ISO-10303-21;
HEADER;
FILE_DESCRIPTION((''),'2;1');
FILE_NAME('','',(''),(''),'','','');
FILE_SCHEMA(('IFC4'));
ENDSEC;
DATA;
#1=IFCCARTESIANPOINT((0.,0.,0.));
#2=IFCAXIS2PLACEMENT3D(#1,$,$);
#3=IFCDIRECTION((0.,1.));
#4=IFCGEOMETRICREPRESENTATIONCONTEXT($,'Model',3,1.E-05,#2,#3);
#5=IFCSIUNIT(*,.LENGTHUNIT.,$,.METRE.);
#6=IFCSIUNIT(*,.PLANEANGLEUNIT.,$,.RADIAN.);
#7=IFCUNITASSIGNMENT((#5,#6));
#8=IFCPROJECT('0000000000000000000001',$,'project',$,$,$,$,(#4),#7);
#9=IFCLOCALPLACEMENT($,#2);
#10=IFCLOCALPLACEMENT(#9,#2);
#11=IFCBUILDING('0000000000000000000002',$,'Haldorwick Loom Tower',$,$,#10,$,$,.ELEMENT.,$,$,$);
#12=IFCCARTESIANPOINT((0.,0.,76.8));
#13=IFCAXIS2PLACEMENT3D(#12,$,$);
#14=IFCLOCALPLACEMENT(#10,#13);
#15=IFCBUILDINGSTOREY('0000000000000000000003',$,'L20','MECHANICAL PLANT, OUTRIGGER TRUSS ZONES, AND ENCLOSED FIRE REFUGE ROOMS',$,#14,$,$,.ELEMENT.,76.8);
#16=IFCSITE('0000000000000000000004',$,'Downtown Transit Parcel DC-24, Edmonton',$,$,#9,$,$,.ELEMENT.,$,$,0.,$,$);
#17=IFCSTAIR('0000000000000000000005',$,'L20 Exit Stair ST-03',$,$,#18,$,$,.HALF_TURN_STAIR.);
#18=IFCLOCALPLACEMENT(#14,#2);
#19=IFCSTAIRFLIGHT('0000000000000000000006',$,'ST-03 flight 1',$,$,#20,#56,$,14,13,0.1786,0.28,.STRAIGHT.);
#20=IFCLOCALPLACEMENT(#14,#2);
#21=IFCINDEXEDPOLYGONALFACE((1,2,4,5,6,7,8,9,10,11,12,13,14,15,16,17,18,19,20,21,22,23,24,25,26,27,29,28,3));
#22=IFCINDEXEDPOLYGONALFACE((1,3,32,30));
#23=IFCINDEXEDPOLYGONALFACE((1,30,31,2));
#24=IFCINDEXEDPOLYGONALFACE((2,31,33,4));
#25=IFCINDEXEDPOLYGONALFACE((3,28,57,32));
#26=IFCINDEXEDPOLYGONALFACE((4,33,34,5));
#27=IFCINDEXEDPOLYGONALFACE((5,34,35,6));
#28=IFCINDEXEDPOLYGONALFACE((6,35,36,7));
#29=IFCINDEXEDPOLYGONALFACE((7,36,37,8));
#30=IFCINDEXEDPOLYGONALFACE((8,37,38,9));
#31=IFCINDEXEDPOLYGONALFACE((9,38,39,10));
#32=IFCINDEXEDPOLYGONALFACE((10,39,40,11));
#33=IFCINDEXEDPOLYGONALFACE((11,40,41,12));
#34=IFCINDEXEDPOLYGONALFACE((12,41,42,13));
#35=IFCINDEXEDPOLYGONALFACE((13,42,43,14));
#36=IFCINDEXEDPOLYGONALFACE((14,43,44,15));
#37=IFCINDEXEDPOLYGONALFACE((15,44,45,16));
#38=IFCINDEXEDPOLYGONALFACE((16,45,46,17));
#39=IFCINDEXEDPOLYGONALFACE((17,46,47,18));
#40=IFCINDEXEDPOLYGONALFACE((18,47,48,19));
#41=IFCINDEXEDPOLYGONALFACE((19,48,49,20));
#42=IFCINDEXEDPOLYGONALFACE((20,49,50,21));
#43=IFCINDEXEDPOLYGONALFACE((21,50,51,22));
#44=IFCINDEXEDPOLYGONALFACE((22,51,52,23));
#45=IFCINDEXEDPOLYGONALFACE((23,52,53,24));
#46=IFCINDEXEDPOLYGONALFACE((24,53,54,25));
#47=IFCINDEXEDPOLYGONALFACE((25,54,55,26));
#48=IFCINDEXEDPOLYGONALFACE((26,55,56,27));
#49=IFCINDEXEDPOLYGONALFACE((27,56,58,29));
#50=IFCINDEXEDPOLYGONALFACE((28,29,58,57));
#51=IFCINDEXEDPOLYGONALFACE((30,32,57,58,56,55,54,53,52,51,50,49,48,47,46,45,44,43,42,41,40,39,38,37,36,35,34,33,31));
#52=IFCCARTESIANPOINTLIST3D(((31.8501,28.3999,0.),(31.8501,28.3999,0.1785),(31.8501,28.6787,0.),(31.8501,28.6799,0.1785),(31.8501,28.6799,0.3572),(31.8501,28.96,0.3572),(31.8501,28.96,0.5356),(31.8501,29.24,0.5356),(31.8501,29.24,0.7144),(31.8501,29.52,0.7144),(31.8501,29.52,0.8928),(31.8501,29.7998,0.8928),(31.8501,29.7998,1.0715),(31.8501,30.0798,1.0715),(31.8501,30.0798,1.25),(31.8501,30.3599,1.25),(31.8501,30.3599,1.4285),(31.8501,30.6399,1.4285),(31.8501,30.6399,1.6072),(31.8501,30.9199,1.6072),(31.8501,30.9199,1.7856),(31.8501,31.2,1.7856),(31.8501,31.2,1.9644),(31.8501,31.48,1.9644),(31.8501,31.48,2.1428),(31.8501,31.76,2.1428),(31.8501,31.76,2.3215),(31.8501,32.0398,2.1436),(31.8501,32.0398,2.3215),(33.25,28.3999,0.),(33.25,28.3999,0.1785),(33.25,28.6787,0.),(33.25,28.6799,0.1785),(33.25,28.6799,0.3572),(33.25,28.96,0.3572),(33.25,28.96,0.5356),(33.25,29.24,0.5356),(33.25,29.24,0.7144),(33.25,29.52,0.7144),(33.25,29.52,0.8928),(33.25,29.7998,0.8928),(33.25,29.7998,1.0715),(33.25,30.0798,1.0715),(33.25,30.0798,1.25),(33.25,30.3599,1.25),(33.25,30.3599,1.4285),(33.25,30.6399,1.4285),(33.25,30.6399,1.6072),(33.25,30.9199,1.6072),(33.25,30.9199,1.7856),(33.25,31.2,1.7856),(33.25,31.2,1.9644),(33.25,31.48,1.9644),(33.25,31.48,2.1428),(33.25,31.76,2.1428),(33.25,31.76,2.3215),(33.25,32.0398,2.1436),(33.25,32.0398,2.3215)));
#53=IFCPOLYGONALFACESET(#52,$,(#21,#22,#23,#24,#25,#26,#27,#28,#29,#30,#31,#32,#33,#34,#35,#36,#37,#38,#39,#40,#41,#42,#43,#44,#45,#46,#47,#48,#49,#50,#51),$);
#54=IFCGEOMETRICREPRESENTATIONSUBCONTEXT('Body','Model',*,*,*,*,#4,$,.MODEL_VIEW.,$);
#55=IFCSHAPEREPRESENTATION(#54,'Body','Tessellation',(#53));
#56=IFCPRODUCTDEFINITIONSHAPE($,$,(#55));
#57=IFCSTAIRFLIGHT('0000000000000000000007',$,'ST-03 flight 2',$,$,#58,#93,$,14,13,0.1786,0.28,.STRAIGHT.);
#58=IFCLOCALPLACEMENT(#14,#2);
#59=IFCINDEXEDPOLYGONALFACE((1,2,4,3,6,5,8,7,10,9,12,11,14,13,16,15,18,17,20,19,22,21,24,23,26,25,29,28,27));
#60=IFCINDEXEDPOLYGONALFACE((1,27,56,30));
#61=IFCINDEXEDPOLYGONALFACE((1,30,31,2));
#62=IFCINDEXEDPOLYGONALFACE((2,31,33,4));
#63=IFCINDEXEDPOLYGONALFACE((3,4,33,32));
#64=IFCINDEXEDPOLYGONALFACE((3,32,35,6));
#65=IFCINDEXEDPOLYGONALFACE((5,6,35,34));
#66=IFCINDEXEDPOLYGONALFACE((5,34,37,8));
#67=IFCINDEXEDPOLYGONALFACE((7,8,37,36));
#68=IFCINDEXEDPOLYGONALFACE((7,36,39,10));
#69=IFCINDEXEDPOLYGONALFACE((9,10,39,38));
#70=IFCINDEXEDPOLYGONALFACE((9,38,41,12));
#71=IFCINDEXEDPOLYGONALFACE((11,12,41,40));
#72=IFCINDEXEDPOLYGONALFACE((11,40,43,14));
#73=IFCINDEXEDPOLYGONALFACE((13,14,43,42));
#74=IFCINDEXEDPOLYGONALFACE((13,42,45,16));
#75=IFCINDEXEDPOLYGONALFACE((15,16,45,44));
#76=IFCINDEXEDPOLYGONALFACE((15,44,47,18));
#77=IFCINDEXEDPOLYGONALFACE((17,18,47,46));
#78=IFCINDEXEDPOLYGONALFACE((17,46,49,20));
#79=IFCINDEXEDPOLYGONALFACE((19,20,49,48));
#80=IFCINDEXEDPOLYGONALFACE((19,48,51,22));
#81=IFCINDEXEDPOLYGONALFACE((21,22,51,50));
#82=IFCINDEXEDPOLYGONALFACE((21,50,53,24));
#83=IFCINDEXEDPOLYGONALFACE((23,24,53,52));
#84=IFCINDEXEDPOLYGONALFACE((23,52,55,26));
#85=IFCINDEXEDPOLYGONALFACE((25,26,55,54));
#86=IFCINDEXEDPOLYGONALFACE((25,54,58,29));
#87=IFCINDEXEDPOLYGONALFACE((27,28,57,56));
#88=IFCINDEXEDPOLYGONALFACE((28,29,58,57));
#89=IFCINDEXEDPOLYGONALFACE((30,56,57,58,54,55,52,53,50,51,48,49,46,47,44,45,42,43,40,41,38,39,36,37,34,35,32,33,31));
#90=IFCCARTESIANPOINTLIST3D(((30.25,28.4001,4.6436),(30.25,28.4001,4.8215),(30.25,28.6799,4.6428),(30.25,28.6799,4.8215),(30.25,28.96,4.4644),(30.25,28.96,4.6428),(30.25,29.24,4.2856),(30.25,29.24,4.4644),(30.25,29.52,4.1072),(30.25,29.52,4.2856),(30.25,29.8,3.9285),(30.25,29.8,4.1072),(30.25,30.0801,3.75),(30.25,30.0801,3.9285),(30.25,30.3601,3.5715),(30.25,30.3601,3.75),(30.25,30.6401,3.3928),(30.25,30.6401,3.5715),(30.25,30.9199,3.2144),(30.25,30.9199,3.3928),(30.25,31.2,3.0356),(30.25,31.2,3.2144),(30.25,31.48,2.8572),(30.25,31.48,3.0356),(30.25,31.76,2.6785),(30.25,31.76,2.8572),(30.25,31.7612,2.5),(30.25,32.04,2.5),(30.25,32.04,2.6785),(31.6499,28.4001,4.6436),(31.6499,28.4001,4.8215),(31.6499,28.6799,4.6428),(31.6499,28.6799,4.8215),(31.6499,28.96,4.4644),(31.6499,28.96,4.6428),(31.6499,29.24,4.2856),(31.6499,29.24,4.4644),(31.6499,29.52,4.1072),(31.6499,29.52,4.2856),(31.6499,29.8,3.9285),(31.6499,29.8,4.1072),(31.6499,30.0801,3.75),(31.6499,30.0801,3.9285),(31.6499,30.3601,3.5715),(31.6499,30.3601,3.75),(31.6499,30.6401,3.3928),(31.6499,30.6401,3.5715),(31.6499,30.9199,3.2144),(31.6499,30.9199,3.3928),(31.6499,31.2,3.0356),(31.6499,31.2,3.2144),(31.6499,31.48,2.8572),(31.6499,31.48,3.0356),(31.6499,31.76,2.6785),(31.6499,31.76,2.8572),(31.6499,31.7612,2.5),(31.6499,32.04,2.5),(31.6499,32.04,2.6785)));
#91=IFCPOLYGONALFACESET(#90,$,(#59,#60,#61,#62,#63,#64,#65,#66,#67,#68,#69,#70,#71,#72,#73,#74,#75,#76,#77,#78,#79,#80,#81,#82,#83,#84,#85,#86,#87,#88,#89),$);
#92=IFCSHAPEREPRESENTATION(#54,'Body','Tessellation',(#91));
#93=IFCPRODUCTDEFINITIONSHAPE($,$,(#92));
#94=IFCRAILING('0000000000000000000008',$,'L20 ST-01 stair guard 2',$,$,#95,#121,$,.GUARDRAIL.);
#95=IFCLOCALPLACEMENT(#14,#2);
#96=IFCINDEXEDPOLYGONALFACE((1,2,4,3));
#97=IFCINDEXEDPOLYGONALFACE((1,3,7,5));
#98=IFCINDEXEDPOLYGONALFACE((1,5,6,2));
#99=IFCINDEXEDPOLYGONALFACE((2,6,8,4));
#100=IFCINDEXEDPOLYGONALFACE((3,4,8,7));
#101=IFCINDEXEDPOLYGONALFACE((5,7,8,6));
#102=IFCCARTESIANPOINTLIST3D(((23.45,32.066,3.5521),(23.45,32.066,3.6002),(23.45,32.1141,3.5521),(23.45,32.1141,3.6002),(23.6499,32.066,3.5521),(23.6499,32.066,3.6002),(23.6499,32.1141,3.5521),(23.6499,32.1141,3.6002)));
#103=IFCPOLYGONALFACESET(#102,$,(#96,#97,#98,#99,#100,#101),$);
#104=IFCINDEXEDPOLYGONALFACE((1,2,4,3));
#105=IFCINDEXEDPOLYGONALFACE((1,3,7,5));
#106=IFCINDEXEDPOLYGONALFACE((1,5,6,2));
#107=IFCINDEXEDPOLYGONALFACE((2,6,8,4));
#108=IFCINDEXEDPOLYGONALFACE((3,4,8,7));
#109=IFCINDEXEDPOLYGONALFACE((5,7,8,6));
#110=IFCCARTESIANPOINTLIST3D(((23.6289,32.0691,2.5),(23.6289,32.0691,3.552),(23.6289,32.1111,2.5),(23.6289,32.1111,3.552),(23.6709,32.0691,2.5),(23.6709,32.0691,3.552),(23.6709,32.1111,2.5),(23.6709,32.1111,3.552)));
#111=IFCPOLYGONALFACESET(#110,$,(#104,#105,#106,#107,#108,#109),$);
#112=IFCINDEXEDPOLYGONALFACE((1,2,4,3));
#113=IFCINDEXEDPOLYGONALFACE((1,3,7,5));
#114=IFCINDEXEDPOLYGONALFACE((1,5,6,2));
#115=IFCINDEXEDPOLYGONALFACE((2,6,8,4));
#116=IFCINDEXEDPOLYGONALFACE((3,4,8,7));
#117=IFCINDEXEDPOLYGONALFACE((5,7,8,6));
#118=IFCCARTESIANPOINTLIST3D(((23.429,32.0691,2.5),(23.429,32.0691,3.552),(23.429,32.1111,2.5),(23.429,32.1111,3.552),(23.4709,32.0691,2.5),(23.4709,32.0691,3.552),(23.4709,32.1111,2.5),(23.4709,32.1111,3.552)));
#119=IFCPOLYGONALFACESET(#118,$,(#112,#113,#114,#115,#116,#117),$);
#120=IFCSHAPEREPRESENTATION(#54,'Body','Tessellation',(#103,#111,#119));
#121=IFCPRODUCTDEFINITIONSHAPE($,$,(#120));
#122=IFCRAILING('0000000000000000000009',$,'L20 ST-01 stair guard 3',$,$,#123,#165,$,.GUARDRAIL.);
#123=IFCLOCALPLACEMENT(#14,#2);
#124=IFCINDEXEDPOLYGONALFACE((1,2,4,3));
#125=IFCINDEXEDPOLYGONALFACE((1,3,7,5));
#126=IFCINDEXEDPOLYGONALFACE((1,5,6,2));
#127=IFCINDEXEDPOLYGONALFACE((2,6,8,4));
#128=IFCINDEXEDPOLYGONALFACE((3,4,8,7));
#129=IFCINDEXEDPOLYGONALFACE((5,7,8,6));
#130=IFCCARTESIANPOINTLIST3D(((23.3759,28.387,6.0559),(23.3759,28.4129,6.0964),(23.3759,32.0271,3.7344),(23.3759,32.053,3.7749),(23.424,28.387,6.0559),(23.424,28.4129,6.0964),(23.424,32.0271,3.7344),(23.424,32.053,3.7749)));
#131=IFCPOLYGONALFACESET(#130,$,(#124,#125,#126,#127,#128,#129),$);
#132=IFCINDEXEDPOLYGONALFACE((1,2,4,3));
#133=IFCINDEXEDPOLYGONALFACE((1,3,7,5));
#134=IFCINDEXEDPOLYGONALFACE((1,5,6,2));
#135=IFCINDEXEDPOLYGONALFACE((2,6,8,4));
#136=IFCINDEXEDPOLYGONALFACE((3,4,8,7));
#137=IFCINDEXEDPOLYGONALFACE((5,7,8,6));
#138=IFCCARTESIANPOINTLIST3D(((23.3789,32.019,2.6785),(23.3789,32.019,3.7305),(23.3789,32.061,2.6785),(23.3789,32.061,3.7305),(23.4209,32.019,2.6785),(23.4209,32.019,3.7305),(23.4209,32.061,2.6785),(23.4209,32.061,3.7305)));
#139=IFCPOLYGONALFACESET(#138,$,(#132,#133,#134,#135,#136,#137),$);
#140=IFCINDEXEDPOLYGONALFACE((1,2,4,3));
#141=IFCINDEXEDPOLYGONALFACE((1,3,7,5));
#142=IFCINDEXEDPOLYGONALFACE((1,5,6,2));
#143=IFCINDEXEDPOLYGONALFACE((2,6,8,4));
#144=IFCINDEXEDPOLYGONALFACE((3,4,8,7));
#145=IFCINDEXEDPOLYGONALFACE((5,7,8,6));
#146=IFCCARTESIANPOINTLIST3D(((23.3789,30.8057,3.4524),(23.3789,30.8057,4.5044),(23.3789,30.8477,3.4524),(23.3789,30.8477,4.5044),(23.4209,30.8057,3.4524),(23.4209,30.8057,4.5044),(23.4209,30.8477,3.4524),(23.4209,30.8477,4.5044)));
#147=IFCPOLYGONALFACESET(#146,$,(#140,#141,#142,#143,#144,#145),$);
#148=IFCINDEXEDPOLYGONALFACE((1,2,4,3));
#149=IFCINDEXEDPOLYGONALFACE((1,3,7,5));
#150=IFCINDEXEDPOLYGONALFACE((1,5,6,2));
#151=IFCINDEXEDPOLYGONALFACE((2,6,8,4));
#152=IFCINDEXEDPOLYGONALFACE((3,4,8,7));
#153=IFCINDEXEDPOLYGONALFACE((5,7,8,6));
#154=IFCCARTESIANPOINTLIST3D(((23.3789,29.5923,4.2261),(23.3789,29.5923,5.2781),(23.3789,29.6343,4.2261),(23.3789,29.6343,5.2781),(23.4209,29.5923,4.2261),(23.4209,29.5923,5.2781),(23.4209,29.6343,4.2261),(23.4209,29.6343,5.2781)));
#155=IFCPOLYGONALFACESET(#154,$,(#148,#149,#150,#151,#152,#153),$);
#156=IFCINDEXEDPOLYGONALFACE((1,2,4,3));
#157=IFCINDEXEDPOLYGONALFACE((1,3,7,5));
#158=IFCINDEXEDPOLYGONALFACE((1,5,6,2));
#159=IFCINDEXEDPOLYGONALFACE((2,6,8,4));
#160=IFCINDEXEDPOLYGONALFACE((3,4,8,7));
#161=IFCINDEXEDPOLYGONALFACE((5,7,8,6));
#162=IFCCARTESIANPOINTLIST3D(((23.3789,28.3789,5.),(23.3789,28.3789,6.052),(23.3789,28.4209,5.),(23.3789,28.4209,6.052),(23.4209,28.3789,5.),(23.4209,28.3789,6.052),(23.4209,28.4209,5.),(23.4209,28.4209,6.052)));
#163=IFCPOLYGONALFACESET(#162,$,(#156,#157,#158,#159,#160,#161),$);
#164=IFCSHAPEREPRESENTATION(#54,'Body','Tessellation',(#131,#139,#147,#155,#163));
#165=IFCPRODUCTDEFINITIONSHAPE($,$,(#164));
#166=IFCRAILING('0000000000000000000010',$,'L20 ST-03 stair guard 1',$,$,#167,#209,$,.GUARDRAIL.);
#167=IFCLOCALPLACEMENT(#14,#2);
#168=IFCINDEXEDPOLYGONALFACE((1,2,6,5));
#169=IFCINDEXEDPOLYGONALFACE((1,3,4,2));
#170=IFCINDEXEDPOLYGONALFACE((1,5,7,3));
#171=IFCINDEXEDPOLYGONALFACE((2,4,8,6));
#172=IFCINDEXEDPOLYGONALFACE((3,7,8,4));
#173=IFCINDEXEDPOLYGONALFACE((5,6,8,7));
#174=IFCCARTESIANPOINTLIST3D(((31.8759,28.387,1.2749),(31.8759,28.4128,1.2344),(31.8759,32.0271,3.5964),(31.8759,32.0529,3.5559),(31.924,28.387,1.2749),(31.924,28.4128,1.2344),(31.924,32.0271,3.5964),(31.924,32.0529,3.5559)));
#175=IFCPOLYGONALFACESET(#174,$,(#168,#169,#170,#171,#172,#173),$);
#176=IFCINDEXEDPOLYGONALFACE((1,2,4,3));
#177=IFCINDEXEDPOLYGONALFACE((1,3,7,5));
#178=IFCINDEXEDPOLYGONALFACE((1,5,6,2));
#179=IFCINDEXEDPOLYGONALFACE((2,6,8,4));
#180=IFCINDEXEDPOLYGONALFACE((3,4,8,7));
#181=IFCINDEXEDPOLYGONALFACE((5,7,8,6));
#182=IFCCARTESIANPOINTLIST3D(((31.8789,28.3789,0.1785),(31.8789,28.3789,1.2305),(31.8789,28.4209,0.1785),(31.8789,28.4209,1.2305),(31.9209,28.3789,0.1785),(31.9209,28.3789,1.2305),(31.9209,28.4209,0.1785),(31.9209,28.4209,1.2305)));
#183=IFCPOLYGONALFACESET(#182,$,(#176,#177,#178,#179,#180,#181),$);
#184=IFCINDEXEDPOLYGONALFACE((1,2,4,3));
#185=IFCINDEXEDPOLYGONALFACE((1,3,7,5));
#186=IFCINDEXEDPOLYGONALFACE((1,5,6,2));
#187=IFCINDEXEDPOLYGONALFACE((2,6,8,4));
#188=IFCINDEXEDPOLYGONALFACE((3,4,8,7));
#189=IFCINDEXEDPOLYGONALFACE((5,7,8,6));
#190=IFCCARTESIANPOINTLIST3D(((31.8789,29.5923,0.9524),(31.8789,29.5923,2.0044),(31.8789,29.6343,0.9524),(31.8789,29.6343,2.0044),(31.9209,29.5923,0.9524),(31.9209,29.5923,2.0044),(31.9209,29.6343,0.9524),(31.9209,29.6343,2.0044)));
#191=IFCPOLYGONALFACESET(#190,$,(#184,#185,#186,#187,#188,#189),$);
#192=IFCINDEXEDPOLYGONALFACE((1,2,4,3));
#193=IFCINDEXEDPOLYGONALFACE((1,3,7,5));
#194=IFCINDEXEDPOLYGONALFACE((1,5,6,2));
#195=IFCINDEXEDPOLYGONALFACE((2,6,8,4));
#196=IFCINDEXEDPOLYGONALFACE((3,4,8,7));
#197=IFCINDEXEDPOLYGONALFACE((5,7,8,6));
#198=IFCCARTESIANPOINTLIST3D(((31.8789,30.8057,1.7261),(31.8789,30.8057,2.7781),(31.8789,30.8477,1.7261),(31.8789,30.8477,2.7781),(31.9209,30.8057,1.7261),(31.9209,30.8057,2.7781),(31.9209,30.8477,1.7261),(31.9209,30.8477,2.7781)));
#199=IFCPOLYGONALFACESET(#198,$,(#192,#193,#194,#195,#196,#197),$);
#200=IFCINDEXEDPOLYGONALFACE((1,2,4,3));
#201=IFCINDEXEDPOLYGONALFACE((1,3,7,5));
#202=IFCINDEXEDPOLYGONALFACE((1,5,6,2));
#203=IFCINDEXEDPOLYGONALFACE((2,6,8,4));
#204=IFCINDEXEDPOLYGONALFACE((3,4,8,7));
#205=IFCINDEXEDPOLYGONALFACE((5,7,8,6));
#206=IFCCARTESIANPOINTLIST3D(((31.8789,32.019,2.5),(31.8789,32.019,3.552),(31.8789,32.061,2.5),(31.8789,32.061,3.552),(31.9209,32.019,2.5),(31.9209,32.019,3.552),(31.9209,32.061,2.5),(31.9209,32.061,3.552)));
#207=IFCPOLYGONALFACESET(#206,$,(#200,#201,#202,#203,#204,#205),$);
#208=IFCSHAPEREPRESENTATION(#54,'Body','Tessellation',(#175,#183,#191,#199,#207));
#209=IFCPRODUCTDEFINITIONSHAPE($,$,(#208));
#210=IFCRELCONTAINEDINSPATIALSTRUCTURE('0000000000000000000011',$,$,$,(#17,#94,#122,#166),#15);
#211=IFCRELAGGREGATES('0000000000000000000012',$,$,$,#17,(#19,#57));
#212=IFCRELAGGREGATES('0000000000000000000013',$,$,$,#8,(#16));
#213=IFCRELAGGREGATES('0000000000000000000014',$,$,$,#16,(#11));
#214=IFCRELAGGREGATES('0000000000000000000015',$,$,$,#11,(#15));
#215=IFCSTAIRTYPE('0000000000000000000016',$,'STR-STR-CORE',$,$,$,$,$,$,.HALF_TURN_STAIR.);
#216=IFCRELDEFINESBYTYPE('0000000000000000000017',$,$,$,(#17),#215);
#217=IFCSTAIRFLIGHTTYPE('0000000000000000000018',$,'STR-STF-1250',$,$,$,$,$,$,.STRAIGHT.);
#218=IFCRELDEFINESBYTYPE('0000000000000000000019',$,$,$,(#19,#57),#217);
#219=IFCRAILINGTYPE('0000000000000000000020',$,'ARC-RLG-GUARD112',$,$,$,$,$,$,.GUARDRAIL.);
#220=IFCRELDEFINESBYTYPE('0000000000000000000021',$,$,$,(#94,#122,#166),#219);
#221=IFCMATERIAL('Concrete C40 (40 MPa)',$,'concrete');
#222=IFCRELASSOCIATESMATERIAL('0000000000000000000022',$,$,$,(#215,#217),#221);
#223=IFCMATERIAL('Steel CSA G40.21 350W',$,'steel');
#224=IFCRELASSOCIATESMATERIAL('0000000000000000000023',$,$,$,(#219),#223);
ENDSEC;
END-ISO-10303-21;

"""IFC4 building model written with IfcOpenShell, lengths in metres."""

from ifc_helpers import new_model, si_unit, direction, frame, origin, origin_2d, place, context, subcontext, project, spatial, polyline, rectangle, outline, extrude, material, type_object, element, aggregate, save


model = new_model("IFC4")

# Units and contexts
model_context = context("Model", 3, precision=1e-05, world=origin(), true_north=direction((0.0, 1.0)))
body_context = subcontext(model_context, "Body", "Model", "MODEL_VIEW")
ifc_project = project(units=[si_unit("LENGTHUNIT", "METRE"), si_unit("PLANEANGLEUNIT", "RADIAN")], contexts=[model_context])

# Site, building, storey
site_placement = place(None, origin())
site = spatial("IfcSite", under=ifc_project, at=site_placement, Name="Downtown Transit Parcel DC-24, Edmonton", CompositionType="ELEMENT", RefElevation=0.0)
building_placement = place(site_placement, origin())
building = spatial("IfcBuilding", under=site, at=building_placement, Name="Haldorwick Loom Tower", CompositionType="ELEMENT")
storey_placement = place(building_placement, frame((0.0, 0.0, 76.8)))
storey = spatial("IfcBuildingStorey", under=building, at=storey_placement, Name="L20", Description="MECHANICAL PLANT, OUTRIGGER TRUSS ZONES, AND ENCLOSED FIRE REFUGE ROOMS", CompositionType="ELEMENT", Elevation=76.8)

# Shared definitions
ifc_material_1 = material(Name="Steel CSA G40.21 350W", Category="steel")

# Stair, stair flights
ifc_material_2 = material(Name="Concrete C40 (40 MPa)", Category="concrete")
stair_type = type_object("IfcStairType", Name="STR-STR-CORE", PredefinedType="HALF_TURN_STAIR", material=ifc_material_2)
stair_flight_type = type_object("IfcStairFlightType", Name="STR-STF-1250", PredefinedType="STRAIGHT", material=ifc_material_2)
stair_1_placement = place(storey_placement, origin())
stair_1 = element("IfcStair", 1, at=stair_1_placement, inside=storey, type_object=stair_type, Name="L20 Exit Stair ST-03", PredefinedType="HALF_TURN_STAIR")
stair_flight_1_placement = place(storey_placement, frame((32.55, 28.3999, 0.0), z_axis=(0.0, 0.0, 1.0), x_axis=(0.0, 1.0, 0.0)))
stair_flight_1 = element("IfcStairFlight", 2, at=stair_flight_1_placement, type_object=stair_flight_type, Name="ST-03 flight 1", NumberOfRisers=14, NumberOfTreads=13, PredefinedType="STRAIGHT", RiserHeight=0.1786, TreadLength=0.28, context=body_context, shape_type="SweptSolid", body=[
    extrude(outline(polyline([(0.0, 0.0), (0.0, 0.1785), (0.28, 0.1785), (0.28, 0.3572), (0.5601, 0.3572), (0.5601, 0.5356), (0.8401, 0.5356), (0.8401, 0.7144), (1.1201, 0.7144), (1.1201, 0.8928), (1.3999, 0.8928), (1.3999, 1.0715), (1.6799, 1.0715), (1.6799, 1.25), (1.96, 1.25), (1.96, 1.4285), (2.24, 1.4285), (2.24, 1.6072), (2.52, 1.6072), (2.52, 1.7856), (2.8, 1.7856), (2.8, 1.9644), (3.0801, 1.9644), (3.0801, 2.1428), (3.3601, 2.1428), (3.3601, 2.3215), (3.6399, 2.3215), (3.6399, 2.5), (3.6399, 2.1436), (0.2788, 0.0), (0.0, 0.0)])), frame((0.0, 0.7, 0.0), z_axis=(0.0, -1.0, 0.0), x_axis=(1.0, 0.0, 0.0)), (0.0, 0.0, 1.0), 1.3999),
])
stair_flight_2_placement = place(storey_placement, frame((30.95, 32.04, 2.5), z_axis=(0.0, 0.0, 1.0), x_axis=(0.0, -1.0, 0.0)))
stair_flight_2 = element("IfcStairFlight", 3, at=stair_flight_2_placement, type_object=stair_flight_type, Name="ST-03 flight 2", NumberOfRisers=14, NumberOfTreads=13, PredefinedType="STRAIGHT", RiserHeight=0.1786, TreadLength=0.28, context=body_context, shape_type="SweptSolid", body=[
    extrude(outline(polyline([(0.0, 0.0), (0.0, 0.1785), (0.28, 0.1785), (0.28, 0.3572), (0.5601, 0.3572), (0.5601, 0.5356), (0.8401, 0.5356), (0.8401, 0.7144), (1.1201, 0.7144), (1.1201, 0.8928), (1.3999, 0.8928), (1.3999, 1.0715), (1.6799, 1.0715), (1.6799, 1.25), (1.96, 1.25), (1.96, 1.4285), (2.24, 1.4285), (2.24, 1.6072), (2.52, 1.6072), (2.52, 1.7856), (2.8, 1.7856), (2.8, 1.9644), (3.0801, 1.9644), (3.0801, 2.1428), (3.3601, 2.1428), (3.3601, 2.3215), (3.6399, 2.3215), (3.6399, 2.5), (3.6399, 2.1436), (0.2788, 0.0), (0.0, 0.0)])), frame((0.0, 0.7, 0.0), z_axis=(0.0, -1.0, 0.0), x_axis=(1.0, 0.0, 0.0)), (0.0, 0.0, 1.0), 1.3999),
])
aggregate(stair_1, [stair_flight_1, stair_flight_2])

# Railings
railing_type_1 = type_object("IfcRailingType", Name="ARC-RLG-GUARD112", PredefinedType="GUARDRAIL", material=ifc_material_1)
railing_1_placement = place(storey_placement, frame((23.6499, 32.0901, 2.5)))
element("IfcRailing", 4, at=railing_1_placement, inside=storey, type_object=railing_type_1, Name="L20 ST-01 stair guard 2", PredefinedType="GUARDRAIL", context=body_context, shape_type="SweptSolid", body=[
    extrude(rectangle(XDim=0.0481, YDim=0.0481, at=origin_2d()), frame((0.0, 0.0, 1.0762), z_axis=(-1.0, 0.0, 0.0), x_axis=(0.0, -1.0, 0.0)), (0.0, 0.0, 1.0), 0.2),
    extrude(rectangle(XDim=0.042, YDim=0.042, at=origin_2d()), origin(), (0.0, 0.0, 1.0), 1.052),
    extrude(rectangle(XDim=0.042, YDim=0.042, at=origin_2d()), frame((-0.2, 0.0, 0.0)), (0.0, 0.0, 1.0), 1.052),
])
railing_2_placement = place(storey_placement, frame((23.3999, 32.04, 2.6785)))
element("IfcRailing", 5, at=railing_2_placement, inside=storey, type_object=railing_type_1, Name="L20 ST-01 stair guard 3", PredefinedType="GUARDRAIL", context=body_context, shape_type="SweptSolid", body=[
    extrude(rectangle(XDim=0.0481, YDim=0.0481, at=origin_2d()), frame((0.0, 0.0, 1.0762), z_axis=(0.0, -0.843128, 0.537713), x_axis=(1.0, 0.0, 0.0)), (0.0, 0.0, 1.0), 4.3174),
    extrude(rectangle(XDim=0.042, YDim=0.042, at=origin_2d()), origin(), (0.0, 0.0, 1.0), 1.052),
    extrude(rectangle(XDim=0.042, YDim=0.042, at=origin_2d()), frame((0.0, -1.2134, 0.7739)), (0.0, 0.0, 1.0), 1.052),
    extrude(rectangle(XDim=0.042, YDim=0.042, at=origin_2d()), frame((0.0, -2.4268, 1.5476)), (0.0, 0.0, 1.0), 1.052),
    extrude(rectangle(XDim=0.042, YDim=0.042, at=origin_2d()), frame((0.0, -3.6401, 2.3215)), (0.0, 0.0, 1.0), 1.052),
])
railing_3_placement = place(storey_placement, frame((31.8999, 28.3999, 0.1785)))
element("IfcRailing", 6, at=railing_3_placement, inside=storey, type_object=railing_type_1, Name="L20 ST-03 stair guard 1", PredefinedType="GUARDRAIL", context=body_context, shape_type="SweptSolid", body=[
    extrude(rectangle(XDim=0.0481, YDim=0.0481, at=origin_2d()), frame((0.0, 0.0, 1.0762), z_axis=(0.0, 0.843128, 0.537713), x_axis=(-1.0, 0.0, 0.0)), (0.0, 0.0, 1.0), 4.3174),
    extrude(rectangle(XDim=0.042, YDim=0.042, at=origin_2d()), origin(), (0.0, 0.0, 1.0), 1.052),
    extrude(rectangle(XDim=0.042, YDim=0.042, at=origin_2d()), frame((0.0, 1.2134, 0.7739)), (0.0, 0.0, 1.0), 1.052),
    extrude(rectangle(XDim=0.042, YDim=0.042, at=origin_2d()), frame((0.0, 2.4268, 1.5476)), (0.0, 0.0, 1.0), 1.052),
    extrude(rectangle(XDim=0.042, YDim=0.042, at=origin_2d()), frame((0.0, 3.6401, 2.3215)), (0.0, 0.0, 1.0), 1.052),
])

save(model, "model.ifc")
